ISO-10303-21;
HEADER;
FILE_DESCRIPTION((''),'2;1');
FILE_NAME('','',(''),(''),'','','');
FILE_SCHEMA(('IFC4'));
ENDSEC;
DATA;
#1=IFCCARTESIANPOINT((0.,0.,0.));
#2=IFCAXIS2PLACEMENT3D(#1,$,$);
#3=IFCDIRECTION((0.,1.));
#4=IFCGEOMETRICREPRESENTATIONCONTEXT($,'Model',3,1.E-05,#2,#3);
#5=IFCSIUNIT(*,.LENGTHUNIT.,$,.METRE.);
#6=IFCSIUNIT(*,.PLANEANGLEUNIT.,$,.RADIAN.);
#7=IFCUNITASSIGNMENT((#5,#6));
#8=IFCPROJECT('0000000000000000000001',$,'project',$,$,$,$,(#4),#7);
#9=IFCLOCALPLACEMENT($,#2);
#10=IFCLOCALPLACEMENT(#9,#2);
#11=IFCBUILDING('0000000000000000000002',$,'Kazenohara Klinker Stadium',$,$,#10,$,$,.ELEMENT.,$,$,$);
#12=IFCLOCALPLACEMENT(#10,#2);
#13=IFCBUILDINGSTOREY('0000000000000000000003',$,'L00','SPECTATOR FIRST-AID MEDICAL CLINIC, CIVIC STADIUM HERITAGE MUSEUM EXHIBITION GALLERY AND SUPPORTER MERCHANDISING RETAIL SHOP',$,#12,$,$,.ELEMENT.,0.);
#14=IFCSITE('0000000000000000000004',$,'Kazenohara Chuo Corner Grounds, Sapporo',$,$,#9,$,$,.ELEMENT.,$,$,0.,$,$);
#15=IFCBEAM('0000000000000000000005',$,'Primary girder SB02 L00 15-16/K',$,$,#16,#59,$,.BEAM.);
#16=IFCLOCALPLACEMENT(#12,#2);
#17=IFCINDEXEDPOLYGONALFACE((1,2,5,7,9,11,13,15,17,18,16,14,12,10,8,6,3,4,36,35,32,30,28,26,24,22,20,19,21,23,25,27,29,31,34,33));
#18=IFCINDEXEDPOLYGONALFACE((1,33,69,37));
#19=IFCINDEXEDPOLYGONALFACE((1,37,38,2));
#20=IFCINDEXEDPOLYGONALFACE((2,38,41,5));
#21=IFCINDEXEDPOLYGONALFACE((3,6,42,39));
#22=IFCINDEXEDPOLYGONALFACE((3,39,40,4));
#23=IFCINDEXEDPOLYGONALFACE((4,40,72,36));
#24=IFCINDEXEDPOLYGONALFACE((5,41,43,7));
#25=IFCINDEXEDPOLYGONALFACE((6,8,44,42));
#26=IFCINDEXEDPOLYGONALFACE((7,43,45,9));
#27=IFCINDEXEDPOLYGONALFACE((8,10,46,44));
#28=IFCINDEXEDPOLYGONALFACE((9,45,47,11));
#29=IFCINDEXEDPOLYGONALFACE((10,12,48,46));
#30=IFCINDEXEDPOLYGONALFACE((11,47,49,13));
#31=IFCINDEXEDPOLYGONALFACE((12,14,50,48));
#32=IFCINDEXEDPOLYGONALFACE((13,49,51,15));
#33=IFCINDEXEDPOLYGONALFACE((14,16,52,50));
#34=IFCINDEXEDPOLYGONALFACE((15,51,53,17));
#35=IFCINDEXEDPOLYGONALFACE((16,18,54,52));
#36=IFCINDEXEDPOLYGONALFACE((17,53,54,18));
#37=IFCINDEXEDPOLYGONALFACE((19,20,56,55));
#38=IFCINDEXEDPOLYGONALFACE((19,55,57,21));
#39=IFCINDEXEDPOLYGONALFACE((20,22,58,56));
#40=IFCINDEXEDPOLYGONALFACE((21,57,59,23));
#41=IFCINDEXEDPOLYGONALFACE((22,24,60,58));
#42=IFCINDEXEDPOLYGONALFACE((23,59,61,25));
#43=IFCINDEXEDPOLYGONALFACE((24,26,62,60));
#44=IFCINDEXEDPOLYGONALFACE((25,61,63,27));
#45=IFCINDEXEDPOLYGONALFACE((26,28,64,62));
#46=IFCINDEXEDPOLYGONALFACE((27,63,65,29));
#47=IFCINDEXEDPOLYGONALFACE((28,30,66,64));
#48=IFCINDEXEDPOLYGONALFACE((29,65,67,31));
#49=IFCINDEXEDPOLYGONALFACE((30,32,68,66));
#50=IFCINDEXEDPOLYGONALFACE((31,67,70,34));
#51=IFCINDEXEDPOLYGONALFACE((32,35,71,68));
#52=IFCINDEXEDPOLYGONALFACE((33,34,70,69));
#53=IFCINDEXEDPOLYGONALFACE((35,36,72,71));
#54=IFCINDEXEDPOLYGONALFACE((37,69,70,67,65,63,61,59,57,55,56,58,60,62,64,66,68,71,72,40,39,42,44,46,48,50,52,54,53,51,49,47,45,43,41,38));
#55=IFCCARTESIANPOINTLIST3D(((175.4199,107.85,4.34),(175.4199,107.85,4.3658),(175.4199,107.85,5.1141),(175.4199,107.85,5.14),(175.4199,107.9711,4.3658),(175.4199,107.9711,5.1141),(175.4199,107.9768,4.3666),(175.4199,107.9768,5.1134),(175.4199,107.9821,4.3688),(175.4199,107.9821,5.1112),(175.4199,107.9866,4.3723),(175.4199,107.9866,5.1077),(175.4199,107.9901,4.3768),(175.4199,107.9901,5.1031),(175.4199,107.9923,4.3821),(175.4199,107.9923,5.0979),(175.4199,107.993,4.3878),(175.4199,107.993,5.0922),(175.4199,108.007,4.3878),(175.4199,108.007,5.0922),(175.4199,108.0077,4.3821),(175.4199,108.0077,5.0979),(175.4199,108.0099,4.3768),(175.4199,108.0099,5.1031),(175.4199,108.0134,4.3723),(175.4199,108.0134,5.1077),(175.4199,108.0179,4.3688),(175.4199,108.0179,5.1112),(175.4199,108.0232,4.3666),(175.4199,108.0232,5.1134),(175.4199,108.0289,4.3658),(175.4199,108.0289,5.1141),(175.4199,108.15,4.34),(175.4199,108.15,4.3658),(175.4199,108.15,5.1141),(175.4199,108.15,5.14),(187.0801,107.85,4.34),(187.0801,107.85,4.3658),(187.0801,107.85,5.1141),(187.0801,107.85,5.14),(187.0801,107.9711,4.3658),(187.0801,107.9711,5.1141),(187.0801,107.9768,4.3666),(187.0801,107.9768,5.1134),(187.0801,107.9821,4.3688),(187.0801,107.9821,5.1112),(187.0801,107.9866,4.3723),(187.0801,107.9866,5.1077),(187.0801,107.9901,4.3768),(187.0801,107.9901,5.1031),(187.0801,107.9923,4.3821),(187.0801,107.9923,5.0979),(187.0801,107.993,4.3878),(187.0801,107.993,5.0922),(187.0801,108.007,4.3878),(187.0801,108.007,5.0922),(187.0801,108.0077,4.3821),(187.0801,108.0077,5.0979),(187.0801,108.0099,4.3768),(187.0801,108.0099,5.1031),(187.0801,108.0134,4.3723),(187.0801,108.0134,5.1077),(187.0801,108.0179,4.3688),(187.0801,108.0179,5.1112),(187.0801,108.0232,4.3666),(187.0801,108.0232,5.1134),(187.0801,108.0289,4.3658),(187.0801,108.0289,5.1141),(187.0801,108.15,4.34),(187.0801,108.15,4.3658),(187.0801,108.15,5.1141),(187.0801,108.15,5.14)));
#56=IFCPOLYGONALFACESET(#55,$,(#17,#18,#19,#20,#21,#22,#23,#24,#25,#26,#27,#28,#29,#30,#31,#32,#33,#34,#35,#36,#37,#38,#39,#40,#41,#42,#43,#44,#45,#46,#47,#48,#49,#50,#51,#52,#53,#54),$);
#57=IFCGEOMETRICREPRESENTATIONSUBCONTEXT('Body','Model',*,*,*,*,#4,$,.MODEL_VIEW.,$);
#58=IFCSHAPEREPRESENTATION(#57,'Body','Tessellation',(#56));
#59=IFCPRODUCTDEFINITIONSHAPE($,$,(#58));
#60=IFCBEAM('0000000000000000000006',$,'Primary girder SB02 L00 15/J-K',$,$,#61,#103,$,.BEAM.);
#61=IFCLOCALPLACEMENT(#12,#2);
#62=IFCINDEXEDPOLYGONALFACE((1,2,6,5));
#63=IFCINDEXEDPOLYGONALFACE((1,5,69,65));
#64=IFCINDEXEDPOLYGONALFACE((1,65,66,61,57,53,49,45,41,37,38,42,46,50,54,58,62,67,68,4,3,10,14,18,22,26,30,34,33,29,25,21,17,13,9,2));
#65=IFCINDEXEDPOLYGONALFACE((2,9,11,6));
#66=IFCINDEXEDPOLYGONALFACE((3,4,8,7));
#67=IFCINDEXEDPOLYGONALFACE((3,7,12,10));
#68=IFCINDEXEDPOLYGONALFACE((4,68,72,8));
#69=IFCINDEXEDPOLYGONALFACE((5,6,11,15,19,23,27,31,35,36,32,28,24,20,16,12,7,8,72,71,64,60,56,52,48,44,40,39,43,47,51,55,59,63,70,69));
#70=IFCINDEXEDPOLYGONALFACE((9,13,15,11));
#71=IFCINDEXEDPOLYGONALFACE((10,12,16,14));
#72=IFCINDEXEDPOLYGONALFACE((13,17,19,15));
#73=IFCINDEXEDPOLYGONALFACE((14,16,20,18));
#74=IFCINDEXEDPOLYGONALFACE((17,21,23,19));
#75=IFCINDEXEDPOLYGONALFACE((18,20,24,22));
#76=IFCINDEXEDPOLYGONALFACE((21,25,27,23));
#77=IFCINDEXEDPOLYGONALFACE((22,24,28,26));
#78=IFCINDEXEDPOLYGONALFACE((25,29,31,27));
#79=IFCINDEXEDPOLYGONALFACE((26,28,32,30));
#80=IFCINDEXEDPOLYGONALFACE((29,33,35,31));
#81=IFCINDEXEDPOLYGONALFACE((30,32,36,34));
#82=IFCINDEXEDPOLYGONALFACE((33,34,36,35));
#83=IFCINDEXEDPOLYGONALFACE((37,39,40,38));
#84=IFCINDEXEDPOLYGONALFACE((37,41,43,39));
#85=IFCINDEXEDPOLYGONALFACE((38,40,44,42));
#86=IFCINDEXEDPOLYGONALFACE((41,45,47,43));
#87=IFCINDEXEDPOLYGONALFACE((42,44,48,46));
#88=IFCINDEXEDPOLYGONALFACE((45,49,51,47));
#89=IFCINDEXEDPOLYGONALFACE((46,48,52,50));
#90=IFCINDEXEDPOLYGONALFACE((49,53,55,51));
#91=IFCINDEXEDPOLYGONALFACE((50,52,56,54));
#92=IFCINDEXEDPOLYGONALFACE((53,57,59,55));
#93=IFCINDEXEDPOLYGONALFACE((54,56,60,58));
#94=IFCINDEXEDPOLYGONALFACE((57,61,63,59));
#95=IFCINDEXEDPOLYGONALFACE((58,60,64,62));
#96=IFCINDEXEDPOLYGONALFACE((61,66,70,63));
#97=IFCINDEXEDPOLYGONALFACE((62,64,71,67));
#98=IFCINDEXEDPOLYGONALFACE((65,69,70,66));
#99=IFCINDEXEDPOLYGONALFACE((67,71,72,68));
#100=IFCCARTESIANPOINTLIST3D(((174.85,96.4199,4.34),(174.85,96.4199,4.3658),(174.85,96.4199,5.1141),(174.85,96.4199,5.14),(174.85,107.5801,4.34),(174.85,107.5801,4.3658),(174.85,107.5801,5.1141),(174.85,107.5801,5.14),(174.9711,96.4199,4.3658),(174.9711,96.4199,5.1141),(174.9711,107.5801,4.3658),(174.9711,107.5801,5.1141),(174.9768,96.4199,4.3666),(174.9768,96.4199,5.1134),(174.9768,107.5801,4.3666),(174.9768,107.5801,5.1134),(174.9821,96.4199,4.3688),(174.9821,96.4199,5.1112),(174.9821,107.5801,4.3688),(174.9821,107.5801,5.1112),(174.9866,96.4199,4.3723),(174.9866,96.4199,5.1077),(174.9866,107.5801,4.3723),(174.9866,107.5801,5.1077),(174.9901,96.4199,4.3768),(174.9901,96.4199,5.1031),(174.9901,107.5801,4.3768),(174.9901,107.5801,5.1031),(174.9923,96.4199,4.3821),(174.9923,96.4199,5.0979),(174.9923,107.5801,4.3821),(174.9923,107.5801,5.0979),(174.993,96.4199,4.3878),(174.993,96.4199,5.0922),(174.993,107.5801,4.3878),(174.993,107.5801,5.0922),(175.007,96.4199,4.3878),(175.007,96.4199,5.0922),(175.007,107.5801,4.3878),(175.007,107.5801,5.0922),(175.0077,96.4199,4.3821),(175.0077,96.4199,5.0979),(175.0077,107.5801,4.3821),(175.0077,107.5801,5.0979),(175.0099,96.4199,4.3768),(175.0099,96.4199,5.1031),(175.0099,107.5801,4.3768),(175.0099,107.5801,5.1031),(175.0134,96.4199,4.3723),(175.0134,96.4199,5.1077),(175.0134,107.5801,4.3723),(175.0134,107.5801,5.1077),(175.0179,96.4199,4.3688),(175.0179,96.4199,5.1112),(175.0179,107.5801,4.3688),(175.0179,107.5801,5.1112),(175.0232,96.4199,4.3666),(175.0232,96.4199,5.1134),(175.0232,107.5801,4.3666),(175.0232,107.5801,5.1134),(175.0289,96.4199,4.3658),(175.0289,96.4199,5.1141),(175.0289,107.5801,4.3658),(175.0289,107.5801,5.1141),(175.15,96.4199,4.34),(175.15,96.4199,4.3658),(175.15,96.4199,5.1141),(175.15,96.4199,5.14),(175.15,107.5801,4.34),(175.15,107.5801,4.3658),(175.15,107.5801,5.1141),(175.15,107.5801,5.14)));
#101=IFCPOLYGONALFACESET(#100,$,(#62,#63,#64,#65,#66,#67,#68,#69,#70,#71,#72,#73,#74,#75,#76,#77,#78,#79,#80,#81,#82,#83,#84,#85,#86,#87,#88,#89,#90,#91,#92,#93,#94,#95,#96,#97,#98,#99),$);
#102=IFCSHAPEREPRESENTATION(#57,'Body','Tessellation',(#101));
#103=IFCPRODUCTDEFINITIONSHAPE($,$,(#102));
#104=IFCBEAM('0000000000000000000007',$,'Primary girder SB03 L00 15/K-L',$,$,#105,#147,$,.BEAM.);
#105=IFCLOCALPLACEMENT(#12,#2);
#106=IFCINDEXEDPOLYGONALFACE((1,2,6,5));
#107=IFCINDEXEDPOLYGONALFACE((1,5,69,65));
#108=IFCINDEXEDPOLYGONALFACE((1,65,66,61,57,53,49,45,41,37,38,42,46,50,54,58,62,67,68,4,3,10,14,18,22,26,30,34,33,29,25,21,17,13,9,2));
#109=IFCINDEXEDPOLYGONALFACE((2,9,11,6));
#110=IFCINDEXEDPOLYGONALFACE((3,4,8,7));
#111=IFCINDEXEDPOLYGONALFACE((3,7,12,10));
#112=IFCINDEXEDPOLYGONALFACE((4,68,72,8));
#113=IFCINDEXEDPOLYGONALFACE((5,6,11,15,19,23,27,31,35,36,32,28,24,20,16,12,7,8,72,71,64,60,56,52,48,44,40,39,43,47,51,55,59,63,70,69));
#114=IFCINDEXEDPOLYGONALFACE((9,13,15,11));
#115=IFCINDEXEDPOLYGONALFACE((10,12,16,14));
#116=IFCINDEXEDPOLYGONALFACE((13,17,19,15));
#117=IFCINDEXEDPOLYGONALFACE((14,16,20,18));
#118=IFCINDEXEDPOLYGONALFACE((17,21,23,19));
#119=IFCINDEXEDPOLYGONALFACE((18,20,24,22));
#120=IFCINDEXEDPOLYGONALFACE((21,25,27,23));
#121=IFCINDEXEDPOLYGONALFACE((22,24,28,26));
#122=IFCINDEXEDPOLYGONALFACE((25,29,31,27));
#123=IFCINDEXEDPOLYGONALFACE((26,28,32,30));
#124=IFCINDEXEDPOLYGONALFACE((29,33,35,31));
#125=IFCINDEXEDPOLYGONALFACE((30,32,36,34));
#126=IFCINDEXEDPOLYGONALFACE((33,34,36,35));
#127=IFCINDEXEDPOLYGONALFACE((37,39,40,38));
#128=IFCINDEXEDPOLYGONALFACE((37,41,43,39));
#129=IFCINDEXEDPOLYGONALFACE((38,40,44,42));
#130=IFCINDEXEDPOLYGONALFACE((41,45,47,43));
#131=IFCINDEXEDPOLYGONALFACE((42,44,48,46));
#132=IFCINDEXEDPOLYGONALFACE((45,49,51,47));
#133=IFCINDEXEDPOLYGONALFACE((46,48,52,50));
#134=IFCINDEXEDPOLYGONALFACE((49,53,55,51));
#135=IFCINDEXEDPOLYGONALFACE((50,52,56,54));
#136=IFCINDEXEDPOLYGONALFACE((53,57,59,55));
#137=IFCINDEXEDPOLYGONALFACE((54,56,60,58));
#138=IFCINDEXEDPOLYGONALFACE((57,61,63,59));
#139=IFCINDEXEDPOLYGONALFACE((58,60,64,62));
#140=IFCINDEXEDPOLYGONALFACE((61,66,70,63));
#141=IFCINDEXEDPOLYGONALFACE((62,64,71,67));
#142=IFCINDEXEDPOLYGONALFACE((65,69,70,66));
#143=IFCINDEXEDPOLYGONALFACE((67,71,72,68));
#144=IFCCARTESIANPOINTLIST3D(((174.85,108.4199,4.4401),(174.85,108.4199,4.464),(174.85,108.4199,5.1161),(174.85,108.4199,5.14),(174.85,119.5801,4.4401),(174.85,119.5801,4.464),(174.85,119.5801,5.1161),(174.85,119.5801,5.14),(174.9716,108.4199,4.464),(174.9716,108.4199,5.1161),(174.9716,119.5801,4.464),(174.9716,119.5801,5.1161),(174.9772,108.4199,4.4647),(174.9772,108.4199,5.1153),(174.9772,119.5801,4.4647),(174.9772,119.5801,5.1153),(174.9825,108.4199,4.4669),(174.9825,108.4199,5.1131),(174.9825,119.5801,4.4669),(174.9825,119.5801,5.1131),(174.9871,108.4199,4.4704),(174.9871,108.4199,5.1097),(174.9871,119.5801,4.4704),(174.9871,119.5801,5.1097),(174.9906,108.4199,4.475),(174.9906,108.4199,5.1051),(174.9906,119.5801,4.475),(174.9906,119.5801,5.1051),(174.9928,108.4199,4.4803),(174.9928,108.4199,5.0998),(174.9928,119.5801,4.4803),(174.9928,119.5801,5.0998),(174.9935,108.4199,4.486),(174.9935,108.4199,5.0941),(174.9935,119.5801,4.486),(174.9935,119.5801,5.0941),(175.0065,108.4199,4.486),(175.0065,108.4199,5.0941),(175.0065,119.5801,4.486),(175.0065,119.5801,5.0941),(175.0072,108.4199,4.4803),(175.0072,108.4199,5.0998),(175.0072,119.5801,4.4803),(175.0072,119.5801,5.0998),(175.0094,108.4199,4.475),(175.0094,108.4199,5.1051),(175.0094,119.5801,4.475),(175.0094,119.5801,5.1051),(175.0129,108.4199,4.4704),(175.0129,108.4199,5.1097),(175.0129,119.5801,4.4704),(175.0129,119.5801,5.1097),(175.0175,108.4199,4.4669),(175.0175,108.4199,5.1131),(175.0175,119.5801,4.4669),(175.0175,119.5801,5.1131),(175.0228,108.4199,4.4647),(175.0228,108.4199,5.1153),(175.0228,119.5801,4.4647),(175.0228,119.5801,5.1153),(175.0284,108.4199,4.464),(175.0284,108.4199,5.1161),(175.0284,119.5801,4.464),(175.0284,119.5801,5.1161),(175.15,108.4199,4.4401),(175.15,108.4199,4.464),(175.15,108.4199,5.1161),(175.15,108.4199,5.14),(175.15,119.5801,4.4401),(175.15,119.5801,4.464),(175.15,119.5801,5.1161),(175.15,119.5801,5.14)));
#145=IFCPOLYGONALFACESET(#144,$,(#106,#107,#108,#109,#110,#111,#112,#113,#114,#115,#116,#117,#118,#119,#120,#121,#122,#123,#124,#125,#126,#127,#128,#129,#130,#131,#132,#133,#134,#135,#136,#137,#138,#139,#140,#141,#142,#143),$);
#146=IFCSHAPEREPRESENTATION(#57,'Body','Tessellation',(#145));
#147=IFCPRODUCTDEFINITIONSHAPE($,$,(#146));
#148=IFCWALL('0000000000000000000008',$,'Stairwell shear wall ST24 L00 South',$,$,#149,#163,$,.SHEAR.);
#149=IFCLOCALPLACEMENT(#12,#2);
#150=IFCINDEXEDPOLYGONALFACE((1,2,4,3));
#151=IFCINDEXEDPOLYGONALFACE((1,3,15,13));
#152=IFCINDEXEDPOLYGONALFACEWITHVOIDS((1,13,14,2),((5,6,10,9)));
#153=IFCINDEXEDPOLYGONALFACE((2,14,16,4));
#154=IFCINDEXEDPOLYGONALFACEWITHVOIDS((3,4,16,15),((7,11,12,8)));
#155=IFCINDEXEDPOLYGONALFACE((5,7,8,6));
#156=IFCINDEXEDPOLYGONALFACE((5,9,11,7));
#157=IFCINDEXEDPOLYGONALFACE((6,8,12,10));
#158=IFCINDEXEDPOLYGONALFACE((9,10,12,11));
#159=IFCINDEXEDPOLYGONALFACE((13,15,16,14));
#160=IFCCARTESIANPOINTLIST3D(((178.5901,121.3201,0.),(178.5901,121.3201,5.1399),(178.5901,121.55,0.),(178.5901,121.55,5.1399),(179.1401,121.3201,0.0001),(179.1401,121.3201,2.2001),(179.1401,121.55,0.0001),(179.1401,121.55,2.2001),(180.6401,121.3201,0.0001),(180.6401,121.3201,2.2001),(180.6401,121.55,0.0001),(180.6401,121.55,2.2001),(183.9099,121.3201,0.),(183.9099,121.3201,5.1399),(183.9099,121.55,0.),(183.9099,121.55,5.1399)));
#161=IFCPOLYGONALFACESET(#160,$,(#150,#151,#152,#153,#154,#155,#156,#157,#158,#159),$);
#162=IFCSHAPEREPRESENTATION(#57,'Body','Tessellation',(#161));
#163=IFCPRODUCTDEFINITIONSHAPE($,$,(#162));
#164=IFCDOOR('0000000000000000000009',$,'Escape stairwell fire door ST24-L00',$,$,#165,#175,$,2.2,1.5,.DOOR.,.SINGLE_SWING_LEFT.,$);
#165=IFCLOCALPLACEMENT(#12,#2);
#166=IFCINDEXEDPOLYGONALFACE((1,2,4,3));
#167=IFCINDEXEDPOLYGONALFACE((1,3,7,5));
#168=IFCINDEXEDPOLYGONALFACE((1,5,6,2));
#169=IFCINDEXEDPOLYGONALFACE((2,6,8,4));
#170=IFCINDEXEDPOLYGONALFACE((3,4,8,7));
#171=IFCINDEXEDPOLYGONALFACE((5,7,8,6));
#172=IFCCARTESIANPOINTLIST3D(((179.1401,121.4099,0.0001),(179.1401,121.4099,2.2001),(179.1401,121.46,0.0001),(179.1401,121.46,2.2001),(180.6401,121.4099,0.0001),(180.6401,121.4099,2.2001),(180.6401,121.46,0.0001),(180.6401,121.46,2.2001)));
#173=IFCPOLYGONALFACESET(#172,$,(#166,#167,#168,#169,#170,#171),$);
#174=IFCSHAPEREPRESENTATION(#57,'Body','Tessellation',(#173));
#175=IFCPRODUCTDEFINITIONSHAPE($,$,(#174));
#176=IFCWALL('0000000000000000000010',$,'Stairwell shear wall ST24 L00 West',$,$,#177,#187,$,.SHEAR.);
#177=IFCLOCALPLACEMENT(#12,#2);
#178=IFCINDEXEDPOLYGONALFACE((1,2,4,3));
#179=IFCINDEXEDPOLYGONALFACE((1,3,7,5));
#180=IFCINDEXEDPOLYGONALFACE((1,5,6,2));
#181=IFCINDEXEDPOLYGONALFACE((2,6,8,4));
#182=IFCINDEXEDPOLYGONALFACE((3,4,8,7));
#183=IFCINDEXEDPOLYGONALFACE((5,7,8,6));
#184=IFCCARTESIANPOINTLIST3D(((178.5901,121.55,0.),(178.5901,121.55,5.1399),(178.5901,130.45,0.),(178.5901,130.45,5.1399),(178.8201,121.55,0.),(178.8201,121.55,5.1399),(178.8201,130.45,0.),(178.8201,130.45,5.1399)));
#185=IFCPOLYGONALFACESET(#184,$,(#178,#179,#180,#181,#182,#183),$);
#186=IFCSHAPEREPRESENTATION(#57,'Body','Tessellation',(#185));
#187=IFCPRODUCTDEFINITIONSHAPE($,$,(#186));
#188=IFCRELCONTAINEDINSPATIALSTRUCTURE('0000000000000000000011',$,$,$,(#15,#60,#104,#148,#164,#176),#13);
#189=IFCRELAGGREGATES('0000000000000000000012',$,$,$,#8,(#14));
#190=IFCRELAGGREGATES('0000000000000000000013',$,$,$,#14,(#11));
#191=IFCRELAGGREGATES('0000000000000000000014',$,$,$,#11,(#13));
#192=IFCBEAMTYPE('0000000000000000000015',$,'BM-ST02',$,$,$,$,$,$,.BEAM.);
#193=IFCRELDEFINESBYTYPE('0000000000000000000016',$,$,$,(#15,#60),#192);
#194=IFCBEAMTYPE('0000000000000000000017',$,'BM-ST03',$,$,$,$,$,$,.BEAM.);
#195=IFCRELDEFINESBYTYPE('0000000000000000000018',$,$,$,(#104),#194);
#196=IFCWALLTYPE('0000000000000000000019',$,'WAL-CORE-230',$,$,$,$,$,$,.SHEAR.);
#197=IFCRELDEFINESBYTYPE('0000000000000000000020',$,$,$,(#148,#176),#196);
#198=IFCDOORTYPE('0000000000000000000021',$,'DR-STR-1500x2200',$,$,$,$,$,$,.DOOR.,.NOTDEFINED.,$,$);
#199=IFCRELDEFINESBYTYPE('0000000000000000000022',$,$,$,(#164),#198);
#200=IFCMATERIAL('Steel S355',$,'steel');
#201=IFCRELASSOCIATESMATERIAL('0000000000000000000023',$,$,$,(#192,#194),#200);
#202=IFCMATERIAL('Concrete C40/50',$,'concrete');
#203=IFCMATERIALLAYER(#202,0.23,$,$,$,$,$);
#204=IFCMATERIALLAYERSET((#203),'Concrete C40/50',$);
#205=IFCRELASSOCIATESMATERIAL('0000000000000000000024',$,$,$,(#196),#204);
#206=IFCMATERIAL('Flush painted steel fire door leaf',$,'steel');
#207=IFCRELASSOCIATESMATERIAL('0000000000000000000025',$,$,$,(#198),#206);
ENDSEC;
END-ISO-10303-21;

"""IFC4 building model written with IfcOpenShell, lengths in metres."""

from ifc_helpers import new_model, si_unit, direction, frame, frame_2d, origin, origin_2d, place, context, subcontext, project, spatial, rectangle, i_section, extrude, material, layer, layer_set, material_profile, profile_set, type_object, element, fill, save


model = new_model("IFC4")

# Units and contexts
model_context = context("Model", 3, precision=1e-05, world=origin(), true_north=direction((0.0, 1.0)))
body_context = subcontext(model_context, "Body", "Model", "MODEL_VIEW")
ifc_project = project(units=[si_unit("LENGTHUNIT", "METRE"), si_unit("PLANEANGLEUNIT", "RADIAN")], contexts=[model_context])

# Site, building, storey
site_placement = place(None, origin())
site = spatial("IfcSite", under=ifc_project, at=site_placement, Name="Kazenohara Chuo Corner Grounds, Sapporo", CompositionType="ELEMENT", RefElevation=0.0)
building_placement = place(site_placement, origin())
building = spatial("IfcBuilding", under=site, at=building_placement, Name="Kazenohara Klinker Stadium", CompositionType="ELEMENT")
storey_placement = place(building_placement, origin())
storey = spatial("IfcBuildingStorey", under=building, at=storey_placement, Name="L00", Description="SPECTATOR FIRST-AID MEDICAL CLINIC, CIVIC STADIUM HERITAGE MUSEUM EXHIBITION GALLERY AND SUPPORTER MERCHANDISING RETAIL SHOP", CompositionType="ELEMENT", Elevation=0.0)

# Shared definitions
ifc_material_1 = material(Name="Concrete C40/50", Category="concrete")

# Beams
ifc_material_2 = material(Name="Steel S355", Category="steel")
ifc_material_profile_1 = material_profile(ifc_material_2, i_section(OverallWidth=0.3, OverallDepth=0.8, WebThickness=0.0139, FlangeThickness=0.0259, FilletRadius=0.022, at=origin_2d()), Name="H-800x300x14x26")
ifc_profile_set_1 = profile_set([ifc_material_profile_1], Name="Steel S355")
beam_type_1 = type_object("IfcBeamType", Name="BM-ST02", PredefinedType="BEAM", material=ifc_profile_set_1)
beam_1_placement = place(storey_placement, frame((175.4199, 108.0, 4.74), z_axis=(1.0, 0.0, 0.0), x_axis=(0.0, 1.0, 0.0)))
element("IfcBeam", 1, at=beam_1_placement, inside=storey, type_object=beam_type_1, Name="Primary girder SB02 L00 15-16/K", PredefinedType="BEAM", context=body_context, shape_type="SweptSolid", body=[
    extrude(i_section(OverallWidth=0.3, OverallDepth=0.8, WebThickness=0.0139, FlangeThickness=0.0259, FilletRadius=0.022, at=origin_2d()), origin(), (0.0, 0.0, 1.0), 11.6602),
])
beam_2_placement = place(storey_placement, frame((175.0, 96.4199, 4.74), z_axis=(0.0, 1.0, 0.0), x_axis=(-1.0, 0.0, 0.0)))
element("IfcBeam", 2, at=beam_2_placement, inside=storey, type_object=beam_type_1, Name="Primary girder SB02 L00 15/J-K", PredefinedType="BEAM", context=body_context, shape_type="SweptSolid", body=[
    extrude(i_section(OverallWidth=0.3, OverallDepth=0.8, WebThickness=0.0139, FlangeThickness=0.0259, FilletRadius=0.022, at=origin_2d()), origin(), (0.0, 0.0, 1.0), 11.1602),
])
ifc_material_profile_2 = material_profile(ifc_material_2, i_section(OverallWidth=0.3, OverallDepth=0.7, WebThickness=0.0129, FlangeThickness=0.0239, FilletRadius=0.022, at=origin_2d()), Name="H-700x300x13x24")
ifc_profile_set_2 = profile_set([ifc_material_profile_2], Name="Steel S355")
beam_type_2 = type_object("IfcBeamType", Name="BM-ST03", PredefinedType="BEAM", material=ifc_profile_set_2)
beam_3_placement = place(storey_placement, frame((175.0, 108.4199, 4.79), z_axis=(0.0, 1.0, 0.0), x_axis=(-1.0, 0.0, 0.0)))
element("IfcBeam", 3, at=beam_3_placement, inside=storey, type_object=beam_type_2, Name="Primary girder SB03 L00 15/K-L", PredefinedType="BEAM", context=body_context, shape_type="SweptSolid", body=[
    extrude(i_section(OverallWidth=0.3, OverallDepth=0.7, WebThickness=0.0129, FlangeThickness=0.0239, FilletRadius=0.022, at=origin_2d()), origin(), (0.0, 0.0, 1.0), 11.1602),
])

# Wall, opening, door
ifc_layer_1 = layer(ifc_material_1, 0.23)
ifc_layer_set_1 = layer_set([ifc_layer_1], Name="Concrete C40/50")
wall_type_1 = type_object("IfcWallType", Name="WAL-CORE-230", PredefinedType="SHEAR", material=ifc_layer_set_1)
wall_1_placement = place(storey_placement, frame((178.5901, 121.4351, 0.0), z_axis=(0.0, 0.0, 1.0), x_axis=(1.0, 0.0, 0.0)))
wall_1 = element("IfcWall", 4, at=wall_1_placement, inside=storey, type_object=wall_type_1, Name="Stairwell shear wall ST24 L00 South", PredefinedType="SHEAR", context=body_context, shape_type="SweptSolid", body=[
    extrude(rectangle(XDim=5.3198, YDim=0.23, at=frame_2d((2.6599, 0.0))), origin(), (0.0, 0.0, 1.0), 5.1399),
])
opening_1_placement = place(wall_1_placement, frame((0.55, 0.0, 0.0)))
opening_1 = element("IfcOpeningElement", 5, at=opening_1_placement, cuts=wall_1, PredefinedType="OPENING", context=body_context, shape_type="SweptSolid", body=[
    extrude(rectangle(XDim=1.5, YDim=2.2, at=frame_2d((0.75, 1.1001))), frame((0.0, 0.125, 0.0), z_axis=(0.0, -1.0, 0.0), x_axis=(1.0, 0.0, 0.0)), (0.0, 0.0, 1.0), 0.25),
])
ifc_material_3 = material(Name="Flush painted steel fire door leaf", Category="steel")
door_type_1 = type_object("IfcDoorType", Name="DR-STR-1500x2200", OperationType="NOTDEFINED", PredefinedType="DOOR", material=ifc_material_3)
door_1_placement = place(opening_1_placement, origin())
door_1 = element("IfcDoor", 6, at=door_1_placement, inside=storey, type_object=door_type_1, Name="Escape stairwell fire door ST24-L00", OperationType="SINGLE_SWING_LEFT", OverallHeight=2.2, OverallWidth=1.5, PredefinedType="DOOR", context=body_context, shape_type="SweptSolid", body=[
    extrude(rectangle(XDim=1.5, YDim=2.2, at=frame_2d((0.75, 1.1001))), frame((0.0, 0.0249, 0.0), z_axis=(0.0, -1.0, 0.0), x_axis=(1.0, 0.0, 0.0)), (0.0, 0.0, 1.0), 0.05),
])
fill(opening_1, door_1)

# Wall
wall_2_placement = place(storey_placement, frame((178.7051, 121.55, 0.0), z_axis=(0.0, 0.0, 1.0), x_axis=(0.0, 1.0, 0.0)))
element("IfcWall", 7, at=wall_2_placement, inside=storey, type_object=wall_type_1, Name="Stairwell shear wall ST24 L00 West", PredefinedType="SHEAR", context=body_context, shape_type="SweptSolid", body=[
    extrude(rectangle(XDim=8.8999, YDim=0.23, at=frame_2d((4.45, 0.0))), origin(), (0.0, 0.0, 1.0), 5.1399),
])

save(model, "model.ifc")
